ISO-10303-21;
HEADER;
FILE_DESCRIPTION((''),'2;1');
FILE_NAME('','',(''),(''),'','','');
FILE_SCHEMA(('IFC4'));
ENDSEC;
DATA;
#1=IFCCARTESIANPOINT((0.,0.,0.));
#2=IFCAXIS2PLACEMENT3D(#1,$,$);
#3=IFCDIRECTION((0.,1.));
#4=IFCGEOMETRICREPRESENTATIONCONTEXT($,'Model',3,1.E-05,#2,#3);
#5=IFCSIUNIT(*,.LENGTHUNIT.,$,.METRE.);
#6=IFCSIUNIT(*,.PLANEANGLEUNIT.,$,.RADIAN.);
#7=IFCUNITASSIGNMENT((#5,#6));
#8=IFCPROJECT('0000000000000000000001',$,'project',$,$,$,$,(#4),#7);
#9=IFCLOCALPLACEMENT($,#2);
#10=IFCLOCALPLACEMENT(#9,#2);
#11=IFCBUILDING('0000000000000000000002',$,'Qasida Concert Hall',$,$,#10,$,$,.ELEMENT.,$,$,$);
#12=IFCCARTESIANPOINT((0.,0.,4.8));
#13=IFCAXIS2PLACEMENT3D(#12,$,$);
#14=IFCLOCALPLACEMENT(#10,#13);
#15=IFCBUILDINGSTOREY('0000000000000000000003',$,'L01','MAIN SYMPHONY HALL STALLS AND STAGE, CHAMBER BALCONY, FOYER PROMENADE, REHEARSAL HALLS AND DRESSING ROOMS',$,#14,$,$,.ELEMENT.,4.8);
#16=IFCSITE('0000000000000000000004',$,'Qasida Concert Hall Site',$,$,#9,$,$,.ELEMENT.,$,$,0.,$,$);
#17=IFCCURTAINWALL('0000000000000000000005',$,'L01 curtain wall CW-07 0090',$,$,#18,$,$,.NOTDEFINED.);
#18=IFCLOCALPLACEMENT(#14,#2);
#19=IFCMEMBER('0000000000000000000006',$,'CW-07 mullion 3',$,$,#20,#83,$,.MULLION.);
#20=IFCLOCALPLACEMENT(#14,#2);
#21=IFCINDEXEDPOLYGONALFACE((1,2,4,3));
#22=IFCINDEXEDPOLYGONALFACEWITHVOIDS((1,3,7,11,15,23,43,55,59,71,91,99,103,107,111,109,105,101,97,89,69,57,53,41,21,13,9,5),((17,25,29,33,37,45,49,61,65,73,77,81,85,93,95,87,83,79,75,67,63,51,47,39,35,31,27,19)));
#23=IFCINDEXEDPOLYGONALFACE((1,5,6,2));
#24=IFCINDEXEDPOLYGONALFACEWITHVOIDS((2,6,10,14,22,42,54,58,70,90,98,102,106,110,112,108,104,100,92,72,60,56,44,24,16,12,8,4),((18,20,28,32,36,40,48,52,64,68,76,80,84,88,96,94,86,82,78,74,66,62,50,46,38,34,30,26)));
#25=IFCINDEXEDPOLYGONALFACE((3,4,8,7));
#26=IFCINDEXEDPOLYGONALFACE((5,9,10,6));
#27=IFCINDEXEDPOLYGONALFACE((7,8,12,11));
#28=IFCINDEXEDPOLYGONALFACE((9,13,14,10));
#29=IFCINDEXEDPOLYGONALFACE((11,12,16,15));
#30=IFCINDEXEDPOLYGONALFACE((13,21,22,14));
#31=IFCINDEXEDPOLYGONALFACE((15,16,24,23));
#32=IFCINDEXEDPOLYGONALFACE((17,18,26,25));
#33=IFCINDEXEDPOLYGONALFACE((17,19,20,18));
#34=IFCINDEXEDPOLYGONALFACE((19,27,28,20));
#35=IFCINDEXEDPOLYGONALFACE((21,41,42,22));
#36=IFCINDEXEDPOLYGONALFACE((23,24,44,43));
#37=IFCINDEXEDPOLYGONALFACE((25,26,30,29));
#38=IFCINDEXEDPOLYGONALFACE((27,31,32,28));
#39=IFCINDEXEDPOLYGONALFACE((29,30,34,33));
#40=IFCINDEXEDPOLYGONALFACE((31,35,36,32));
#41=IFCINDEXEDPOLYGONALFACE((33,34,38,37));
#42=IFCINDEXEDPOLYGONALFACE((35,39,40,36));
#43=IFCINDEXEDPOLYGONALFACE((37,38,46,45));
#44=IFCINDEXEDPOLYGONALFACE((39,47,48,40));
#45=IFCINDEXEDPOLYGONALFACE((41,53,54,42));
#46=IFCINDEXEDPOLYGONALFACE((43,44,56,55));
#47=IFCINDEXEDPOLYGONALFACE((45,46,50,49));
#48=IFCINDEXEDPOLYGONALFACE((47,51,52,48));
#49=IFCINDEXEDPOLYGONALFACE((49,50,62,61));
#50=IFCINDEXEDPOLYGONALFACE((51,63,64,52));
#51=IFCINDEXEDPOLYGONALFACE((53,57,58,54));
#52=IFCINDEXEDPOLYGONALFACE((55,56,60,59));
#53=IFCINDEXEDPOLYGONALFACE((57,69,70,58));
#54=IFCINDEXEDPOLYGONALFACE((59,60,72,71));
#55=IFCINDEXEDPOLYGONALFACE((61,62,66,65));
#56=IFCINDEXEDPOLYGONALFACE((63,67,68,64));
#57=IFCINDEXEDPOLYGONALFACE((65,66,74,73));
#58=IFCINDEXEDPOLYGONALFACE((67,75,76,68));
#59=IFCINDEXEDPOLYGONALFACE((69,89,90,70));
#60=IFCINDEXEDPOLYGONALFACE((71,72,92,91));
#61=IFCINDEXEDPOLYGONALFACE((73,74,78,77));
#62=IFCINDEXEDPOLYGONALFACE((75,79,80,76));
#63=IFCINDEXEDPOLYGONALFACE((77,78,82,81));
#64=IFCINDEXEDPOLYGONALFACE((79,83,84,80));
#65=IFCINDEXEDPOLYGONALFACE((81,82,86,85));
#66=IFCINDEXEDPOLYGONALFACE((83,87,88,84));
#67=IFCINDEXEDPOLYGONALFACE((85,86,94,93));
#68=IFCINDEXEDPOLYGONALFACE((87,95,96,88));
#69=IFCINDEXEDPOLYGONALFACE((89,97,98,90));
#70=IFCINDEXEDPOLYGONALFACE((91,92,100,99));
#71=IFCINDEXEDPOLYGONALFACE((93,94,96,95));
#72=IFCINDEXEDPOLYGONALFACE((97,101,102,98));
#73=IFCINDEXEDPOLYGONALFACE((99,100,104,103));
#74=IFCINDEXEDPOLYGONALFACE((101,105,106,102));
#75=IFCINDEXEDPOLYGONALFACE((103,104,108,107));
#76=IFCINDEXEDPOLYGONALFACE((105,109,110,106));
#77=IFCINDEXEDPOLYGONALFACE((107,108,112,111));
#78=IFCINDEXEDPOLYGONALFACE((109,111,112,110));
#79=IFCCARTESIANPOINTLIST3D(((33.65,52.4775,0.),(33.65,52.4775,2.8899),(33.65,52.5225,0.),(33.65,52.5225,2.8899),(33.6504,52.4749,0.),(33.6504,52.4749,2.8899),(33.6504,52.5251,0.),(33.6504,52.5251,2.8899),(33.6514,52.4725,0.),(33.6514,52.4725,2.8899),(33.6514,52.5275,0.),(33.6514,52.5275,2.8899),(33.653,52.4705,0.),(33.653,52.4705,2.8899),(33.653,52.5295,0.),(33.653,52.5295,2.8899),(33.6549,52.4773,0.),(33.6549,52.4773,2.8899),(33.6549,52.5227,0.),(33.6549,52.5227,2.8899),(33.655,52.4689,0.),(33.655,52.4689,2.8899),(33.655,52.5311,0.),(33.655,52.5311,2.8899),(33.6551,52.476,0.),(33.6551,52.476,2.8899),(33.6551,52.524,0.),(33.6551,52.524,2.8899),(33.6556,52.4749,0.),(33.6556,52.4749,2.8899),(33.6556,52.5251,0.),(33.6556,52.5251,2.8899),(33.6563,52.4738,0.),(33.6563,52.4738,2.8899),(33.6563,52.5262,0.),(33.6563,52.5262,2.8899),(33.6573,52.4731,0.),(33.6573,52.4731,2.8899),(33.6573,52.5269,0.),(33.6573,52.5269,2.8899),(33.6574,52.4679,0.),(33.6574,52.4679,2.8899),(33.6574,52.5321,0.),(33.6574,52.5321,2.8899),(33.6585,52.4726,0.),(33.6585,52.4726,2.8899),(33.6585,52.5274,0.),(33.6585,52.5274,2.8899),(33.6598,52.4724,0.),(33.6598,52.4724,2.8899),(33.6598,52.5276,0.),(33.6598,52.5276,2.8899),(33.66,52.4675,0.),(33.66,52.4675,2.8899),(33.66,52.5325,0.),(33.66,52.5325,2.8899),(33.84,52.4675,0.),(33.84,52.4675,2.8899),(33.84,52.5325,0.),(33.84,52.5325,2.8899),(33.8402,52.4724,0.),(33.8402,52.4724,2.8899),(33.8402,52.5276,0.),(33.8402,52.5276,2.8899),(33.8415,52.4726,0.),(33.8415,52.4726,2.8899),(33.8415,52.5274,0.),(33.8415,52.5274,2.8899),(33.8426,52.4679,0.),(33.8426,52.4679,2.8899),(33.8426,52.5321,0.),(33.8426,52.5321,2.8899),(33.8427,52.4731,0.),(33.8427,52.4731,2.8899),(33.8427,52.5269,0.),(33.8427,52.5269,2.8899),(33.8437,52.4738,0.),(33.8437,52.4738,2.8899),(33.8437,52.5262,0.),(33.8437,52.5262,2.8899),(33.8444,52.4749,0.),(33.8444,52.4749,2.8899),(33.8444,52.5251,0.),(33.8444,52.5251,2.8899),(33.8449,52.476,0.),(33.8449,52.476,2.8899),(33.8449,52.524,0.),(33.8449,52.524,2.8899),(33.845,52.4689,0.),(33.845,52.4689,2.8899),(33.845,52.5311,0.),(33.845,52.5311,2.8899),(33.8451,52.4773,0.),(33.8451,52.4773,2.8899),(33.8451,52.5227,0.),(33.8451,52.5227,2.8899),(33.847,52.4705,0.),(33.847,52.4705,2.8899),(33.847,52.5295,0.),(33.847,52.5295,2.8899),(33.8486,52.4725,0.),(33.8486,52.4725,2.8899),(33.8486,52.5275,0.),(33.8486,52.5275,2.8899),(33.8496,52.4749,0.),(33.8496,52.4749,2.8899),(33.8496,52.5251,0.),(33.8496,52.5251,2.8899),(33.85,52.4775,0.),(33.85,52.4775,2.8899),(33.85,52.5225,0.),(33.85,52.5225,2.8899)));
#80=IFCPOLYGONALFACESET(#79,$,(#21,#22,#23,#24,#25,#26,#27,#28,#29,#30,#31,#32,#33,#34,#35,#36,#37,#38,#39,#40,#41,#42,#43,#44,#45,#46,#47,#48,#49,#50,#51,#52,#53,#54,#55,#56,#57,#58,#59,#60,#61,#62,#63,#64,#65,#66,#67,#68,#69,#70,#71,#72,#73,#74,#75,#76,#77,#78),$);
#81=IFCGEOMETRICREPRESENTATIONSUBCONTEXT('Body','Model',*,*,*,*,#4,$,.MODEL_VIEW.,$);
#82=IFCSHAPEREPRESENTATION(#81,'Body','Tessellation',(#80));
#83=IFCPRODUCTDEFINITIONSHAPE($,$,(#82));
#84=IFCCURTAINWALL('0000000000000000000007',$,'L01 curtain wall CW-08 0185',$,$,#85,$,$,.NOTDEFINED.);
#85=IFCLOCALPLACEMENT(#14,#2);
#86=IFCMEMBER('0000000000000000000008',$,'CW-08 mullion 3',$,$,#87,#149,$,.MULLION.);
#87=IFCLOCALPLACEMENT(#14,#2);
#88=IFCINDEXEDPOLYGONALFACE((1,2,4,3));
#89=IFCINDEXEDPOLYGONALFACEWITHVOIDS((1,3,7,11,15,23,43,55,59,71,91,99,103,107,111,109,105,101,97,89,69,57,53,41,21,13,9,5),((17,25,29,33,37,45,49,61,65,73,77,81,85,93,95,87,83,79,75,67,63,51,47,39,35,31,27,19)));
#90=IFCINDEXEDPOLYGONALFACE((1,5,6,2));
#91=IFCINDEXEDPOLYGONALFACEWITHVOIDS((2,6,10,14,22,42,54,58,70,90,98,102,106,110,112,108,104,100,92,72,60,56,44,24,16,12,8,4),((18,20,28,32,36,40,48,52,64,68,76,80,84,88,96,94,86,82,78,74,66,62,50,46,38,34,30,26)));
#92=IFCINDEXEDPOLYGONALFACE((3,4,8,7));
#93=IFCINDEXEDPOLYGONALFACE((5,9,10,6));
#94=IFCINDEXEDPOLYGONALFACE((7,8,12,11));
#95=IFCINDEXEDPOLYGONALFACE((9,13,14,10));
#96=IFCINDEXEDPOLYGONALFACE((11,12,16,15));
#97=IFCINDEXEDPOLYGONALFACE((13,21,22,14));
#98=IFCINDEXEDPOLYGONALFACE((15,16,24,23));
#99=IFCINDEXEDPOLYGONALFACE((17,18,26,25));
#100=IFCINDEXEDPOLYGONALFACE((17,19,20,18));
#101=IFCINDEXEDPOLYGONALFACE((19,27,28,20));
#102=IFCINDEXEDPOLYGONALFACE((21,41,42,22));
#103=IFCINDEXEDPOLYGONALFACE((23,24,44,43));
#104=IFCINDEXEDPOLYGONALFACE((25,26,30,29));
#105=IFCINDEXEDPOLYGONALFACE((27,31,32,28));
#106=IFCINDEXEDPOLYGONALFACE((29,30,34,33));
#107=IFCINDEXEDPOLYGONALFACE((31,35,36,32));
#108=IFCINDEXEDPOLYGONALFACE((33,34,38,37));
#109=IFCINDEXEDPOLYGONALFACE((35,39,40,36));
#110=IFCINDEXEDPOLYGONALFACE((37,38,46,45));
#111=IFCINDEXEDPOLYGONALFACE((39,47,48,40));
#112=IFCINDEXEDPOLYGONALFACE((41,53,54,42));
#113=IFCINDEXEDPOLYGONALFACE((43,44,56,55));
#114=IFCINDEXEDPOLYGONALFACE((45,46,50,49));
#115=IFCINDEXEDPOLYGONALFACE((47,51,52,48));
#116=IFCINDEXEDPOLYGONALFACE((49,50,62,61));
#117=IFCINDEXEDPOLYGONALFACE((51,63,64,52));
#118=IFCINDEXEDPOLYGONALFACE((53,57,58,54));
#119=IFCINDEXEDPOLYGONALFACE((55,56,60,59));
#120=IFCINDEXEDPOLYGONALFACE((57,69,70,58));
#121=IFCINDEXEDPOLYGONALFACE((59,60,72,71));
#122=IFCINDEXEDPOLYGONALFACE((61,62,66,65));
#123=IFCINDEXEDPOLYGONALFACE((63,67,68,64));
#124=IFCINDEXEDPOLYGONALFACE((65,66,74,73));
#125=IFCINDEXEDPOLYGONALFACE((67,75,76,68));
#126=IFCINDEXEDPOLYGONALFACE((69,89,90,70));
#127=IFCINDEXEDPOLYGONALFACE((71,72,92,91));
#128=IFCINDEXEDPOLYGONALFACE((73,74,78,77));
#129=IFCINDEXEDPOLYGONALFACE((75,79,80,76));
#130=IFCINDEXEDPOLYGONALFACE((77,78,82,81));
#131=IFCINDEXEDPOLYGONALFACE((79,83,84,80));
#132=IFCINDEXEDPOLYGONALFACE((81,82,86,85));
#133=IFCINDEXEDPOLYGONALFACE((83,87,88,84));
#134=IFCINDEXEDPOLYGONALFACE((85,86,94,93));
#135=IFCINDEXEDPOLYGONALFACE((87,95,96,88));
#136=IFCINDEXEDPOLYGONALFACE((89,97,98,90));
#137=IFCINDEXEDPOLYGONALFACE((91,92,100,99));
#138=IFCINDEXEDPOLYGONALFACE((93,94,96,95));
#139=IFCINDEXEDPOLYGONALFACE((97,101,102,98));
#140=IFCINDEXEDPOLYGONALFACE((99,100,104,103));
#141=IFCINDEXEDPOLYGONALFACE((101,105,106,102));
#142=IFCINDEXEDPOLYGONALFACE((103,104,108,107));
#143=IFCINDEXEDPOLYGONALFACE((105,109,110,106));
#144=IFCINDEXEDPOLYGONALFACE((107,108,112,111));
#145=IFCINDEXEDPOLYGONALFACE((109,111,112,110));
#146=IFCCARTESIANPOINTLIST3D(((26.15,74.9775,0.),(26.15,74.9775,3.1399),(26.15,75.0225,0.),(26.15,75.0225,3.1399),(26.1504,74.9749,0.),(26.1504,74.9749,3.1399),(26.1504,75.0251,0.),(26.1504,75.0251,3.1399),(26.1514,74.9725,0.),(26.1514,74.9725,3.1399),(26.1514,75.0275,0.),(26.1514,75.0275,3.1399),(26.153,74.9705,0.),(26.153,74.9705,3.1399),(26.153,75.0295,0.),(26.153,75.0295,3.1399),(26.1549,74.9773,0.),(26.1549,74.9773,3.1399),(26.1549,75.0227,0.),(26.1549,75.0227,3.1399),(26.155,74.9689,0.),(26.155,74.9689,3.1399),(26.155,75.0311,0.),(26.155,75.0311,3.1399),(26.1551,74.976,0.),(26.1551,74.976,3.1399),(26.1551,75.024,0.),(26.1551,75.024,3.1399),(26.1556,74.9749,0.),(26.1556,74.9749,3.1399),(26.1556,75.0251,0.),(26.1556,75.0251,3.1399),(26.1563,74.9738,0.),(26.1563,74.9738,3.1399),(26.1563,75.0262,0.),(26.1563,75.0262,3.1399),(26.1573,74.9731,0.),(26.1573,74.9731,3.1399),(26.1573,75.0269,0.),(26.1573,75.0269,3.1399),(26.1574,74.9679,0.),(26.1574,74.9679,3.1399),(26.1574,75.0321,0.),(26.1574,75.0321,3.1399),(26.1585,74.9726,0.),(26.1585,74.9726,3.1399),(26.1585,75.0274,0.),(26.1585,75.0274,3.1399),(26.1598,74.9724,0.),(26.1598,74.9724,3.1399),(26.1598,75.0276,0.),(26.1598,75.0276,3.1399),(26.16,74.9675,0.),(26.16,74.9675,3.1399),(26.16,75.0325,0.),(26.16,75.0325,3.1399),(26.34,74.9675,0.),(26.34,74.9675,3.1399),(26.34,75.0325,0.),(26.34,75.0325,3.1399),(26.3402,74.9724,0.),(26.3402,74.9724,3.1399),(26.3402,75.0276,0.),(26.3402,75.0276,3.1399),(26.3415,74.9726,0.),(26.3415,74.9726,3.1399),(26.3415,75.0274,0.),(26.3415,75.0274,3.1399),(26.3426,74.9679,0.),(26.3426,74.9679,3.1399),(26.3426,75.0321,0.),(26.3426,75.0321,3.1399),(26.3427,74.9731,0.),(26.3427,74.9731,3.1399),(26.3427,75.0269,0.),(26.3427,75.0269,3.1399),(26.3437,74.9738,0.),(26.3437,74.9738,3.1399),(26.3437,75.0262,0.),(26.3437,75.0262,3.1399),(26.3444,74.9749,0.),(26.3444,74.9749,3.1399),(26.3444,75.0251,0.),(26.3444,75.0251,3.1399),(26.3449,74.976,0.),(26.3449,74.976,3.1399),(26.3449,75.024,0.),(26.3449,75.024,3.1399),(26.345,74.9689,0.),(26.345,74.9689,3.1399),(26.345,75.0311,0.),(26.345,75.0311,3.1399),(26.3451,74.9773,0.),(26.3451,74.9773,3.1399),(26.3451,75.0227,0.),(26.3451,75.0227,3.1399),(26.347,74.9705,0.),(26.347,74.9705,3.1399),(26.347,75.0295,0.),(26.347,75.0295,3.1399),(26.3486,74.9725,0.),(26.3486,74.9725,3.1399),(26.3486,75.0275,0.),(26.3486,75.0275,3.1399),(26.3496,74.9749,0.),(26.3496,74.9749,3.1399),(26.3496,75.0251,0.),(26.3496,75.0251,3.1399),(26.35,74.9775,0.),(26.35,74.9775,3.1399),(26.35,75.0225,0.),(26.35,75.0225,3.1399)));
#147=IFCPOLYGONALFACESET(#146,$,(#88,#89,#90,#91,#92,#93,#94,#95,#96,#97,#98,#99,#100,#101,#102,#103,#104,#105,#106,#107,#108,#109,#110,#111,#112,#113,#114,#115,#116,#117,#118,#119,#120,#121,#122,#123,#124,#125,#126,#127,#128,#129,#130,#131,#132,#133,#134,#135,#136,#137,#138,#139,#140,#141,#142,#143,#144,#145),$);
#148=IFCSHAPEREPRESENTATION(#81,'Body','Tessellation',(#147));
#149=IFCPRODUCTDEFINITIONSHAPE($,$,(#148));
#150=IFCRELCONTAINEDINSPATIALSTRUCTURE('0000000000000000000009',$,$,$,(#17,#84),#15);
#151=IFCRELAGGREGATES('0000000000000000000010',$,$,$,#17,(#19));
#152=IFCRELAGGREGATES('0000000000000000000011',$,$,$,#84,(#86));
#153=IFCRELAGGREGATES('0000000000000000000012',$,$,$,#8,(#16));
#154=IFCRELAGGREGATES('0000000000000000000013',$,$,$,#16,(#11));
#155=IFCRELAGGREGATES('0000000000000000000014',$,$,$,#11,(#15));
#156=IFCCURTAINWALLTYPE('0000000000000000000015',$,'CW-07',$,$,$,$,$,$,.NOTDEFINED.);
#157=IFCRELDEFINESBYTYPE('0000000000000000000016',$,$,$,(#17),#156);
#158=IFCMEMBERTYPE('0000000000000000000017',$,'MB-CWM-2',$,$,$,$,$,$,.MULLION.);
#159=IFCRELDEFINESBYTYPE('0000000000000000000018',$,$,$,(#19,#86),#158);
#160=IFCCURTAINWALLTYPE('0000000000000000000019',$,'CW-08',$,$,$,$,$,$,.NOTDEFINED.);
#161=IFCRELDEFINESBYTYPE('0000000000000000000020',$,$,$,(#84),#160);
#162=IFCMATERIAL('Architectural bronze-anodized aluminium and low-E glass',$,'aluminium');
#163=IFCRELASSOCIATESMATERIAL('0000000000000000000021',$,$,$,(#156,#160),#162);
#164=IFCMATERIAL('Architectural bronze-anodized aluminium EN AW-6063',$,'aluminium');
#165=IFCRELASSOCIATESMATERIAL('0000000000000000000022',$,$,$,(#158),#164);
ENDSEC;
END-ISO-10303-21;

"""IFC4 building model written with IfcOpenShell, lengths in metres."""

from ifc_helpers import new_model, si_unit, direction, frame, origin, origin_2d, place, context, subcontext, project, spatial, hollow_rectangle, extrude, material, material_profile, profile_set, type_object, element, aggregate, save


model = new_model("IFC4")

# Units and contexts
model_context = context("Model", 3, precision=1e-05, world=origin(), true_north=direction((0.0, 1.0)))
body_context = subcontext(model_context, "Body", "Model", "MODEL_VIEW")
ifc_project = project(units=[si_unit("LENGTHUNIT", "METRE"), si_unit("PLANEANGLEUNIT", "RADIAN")], contexts=[model_context])

# Site, building, storey
site_placement = place(None, origin())
site = spatial("IfcSite", under=ifc_project, at=site_placement, Name="Qasida Concert Hall Site", CompositionType="ELEMENT", RefElevation=0.0)
building_placement = place(site_placement, origin())
building = spatial("IfcBuilding", under=site, at=building_placement, Name="Qasida Concert Hall", CompositionType="ELEMENT")
storey_placement = place(building_placement, frame((0.0, 0.0, 4.8)))
storey = spatial("IfcBuildingStorey", under=building, at=storey_placement, Name="L01", Description="MAIN SYMPHONY HALL STALLS AND STAGE, CHAMBER BALCONY, FOYER PROMENADE, REHEARSAL HALLS AND DRESSING ROOMS", CompositionType="ELEMENT", Elevation=4.8)

# Curtain walls, members
ifc_material_1 = material(Name="Architectural bronze-anodized aluminium and low-E glass", Category="aluminium")
curtain_wall_type_1 = type_object("IfcCurtainWallType", Name="CW-07", PredefinedType="NOTDEFINED", material=ifc_material_1)
curtain_wall_1_placement = place(storey_placement, origin())
curtain_wall_1 = element("IfcCurtainWall", 1, at=curtain_wall_1_placement, inside=storey, type_object=curtain_wall_type_1, Name="L01 curtain wall CW-07 0090", PredefinedType="NOTDEFINED")
ifc_material_2 = material(Name="Architectural bronze-anodized aluminium EN AW-6063", Category="aluminium")
ifc_material_profile_1 = material_profile(ifc_material_2, hollow_rectangle(XDim=0.0649, YDim=0.2, WallThickness=0.0049, InnerFilletRadius=0.0049, OuterFilletRadius=0.01, at=origin_2d()), Name="CWM 200x65x5")
ifc_profile_set_1 = profile_set([ifc_material_profile_1], Name="Architectural bronze-anodized aluminium EN AW-6063")
member_type_1 = type_object("IfcMemberType", Name="MB-CWM-2", PredefinedType="MULLION", material=ifc_profile_set_1)
member_1_placement = place(storey_placement, frame((33.75, 52.5, 0.0), z_axis=(0.0, 0.0, 1.0), x_axis=(0.0, 1.0, 0.0)))
member_1 = element("IfcMember", 2, at=member_1_placement, type_object=member_type_1, Name="CW-07 mullion 3", PredefinedType="MULLION", context=body_context, shape_type="SweptSolid", body=[
    extrude(hollow_rectangle(XDim=0.0649, YDim=0.2, WallThickness=0.0049, InnerFilletRadius=0.0049, OuterFilletRadius=0.01, at=origin_2d()), origin(), (0.0, 0.0, 1.0), 2.8899),
])
curtain_wall_type_2 = type_object("IfcCurtainWallType", Name="CW-08", PredefinedType="NOTDEFINED", material=ifc_material_1)
curtain_wall_2_placement = place(storey_placement, origin())
curtain_wall_2 = element("IfcCurtainWall", 3, at=curtain_wall_2_placement, inside=storey, type_object=curtain_wall_type_2, Name="L01 curtain wall CW-08 0185", PredefinedType="NOTDEFINED")
member_2_placement = place(storey_placement, frame((26.25, 75.0, 0.0), z_axis=(0.0, 0.0, 1.0), x_axis=(0.0, 1.0, 0.0)))
member_2 = element("IfcMember", 4, at=member_2_placement, type_object=member_type_1, Name="CW-08 mullion 3", PredefinedType="MULLION", context=body_context, shape_type="SweptSolid", body=[
    extrude(hollow_rectangle(XDim=0.0649, YDim=0.2, WallThickness=0.0049, InnerFilletRadius=0.0049, OuterFilletRadius=0.01, at=origin_2d()), origin(), (0.0, 0.0, 1.0), 3.1399),
])

aggregate(curtain_wall_1, [member_1])
aggregate(curtain_wall_2, [member_2])

save(model, "model.ifc")
